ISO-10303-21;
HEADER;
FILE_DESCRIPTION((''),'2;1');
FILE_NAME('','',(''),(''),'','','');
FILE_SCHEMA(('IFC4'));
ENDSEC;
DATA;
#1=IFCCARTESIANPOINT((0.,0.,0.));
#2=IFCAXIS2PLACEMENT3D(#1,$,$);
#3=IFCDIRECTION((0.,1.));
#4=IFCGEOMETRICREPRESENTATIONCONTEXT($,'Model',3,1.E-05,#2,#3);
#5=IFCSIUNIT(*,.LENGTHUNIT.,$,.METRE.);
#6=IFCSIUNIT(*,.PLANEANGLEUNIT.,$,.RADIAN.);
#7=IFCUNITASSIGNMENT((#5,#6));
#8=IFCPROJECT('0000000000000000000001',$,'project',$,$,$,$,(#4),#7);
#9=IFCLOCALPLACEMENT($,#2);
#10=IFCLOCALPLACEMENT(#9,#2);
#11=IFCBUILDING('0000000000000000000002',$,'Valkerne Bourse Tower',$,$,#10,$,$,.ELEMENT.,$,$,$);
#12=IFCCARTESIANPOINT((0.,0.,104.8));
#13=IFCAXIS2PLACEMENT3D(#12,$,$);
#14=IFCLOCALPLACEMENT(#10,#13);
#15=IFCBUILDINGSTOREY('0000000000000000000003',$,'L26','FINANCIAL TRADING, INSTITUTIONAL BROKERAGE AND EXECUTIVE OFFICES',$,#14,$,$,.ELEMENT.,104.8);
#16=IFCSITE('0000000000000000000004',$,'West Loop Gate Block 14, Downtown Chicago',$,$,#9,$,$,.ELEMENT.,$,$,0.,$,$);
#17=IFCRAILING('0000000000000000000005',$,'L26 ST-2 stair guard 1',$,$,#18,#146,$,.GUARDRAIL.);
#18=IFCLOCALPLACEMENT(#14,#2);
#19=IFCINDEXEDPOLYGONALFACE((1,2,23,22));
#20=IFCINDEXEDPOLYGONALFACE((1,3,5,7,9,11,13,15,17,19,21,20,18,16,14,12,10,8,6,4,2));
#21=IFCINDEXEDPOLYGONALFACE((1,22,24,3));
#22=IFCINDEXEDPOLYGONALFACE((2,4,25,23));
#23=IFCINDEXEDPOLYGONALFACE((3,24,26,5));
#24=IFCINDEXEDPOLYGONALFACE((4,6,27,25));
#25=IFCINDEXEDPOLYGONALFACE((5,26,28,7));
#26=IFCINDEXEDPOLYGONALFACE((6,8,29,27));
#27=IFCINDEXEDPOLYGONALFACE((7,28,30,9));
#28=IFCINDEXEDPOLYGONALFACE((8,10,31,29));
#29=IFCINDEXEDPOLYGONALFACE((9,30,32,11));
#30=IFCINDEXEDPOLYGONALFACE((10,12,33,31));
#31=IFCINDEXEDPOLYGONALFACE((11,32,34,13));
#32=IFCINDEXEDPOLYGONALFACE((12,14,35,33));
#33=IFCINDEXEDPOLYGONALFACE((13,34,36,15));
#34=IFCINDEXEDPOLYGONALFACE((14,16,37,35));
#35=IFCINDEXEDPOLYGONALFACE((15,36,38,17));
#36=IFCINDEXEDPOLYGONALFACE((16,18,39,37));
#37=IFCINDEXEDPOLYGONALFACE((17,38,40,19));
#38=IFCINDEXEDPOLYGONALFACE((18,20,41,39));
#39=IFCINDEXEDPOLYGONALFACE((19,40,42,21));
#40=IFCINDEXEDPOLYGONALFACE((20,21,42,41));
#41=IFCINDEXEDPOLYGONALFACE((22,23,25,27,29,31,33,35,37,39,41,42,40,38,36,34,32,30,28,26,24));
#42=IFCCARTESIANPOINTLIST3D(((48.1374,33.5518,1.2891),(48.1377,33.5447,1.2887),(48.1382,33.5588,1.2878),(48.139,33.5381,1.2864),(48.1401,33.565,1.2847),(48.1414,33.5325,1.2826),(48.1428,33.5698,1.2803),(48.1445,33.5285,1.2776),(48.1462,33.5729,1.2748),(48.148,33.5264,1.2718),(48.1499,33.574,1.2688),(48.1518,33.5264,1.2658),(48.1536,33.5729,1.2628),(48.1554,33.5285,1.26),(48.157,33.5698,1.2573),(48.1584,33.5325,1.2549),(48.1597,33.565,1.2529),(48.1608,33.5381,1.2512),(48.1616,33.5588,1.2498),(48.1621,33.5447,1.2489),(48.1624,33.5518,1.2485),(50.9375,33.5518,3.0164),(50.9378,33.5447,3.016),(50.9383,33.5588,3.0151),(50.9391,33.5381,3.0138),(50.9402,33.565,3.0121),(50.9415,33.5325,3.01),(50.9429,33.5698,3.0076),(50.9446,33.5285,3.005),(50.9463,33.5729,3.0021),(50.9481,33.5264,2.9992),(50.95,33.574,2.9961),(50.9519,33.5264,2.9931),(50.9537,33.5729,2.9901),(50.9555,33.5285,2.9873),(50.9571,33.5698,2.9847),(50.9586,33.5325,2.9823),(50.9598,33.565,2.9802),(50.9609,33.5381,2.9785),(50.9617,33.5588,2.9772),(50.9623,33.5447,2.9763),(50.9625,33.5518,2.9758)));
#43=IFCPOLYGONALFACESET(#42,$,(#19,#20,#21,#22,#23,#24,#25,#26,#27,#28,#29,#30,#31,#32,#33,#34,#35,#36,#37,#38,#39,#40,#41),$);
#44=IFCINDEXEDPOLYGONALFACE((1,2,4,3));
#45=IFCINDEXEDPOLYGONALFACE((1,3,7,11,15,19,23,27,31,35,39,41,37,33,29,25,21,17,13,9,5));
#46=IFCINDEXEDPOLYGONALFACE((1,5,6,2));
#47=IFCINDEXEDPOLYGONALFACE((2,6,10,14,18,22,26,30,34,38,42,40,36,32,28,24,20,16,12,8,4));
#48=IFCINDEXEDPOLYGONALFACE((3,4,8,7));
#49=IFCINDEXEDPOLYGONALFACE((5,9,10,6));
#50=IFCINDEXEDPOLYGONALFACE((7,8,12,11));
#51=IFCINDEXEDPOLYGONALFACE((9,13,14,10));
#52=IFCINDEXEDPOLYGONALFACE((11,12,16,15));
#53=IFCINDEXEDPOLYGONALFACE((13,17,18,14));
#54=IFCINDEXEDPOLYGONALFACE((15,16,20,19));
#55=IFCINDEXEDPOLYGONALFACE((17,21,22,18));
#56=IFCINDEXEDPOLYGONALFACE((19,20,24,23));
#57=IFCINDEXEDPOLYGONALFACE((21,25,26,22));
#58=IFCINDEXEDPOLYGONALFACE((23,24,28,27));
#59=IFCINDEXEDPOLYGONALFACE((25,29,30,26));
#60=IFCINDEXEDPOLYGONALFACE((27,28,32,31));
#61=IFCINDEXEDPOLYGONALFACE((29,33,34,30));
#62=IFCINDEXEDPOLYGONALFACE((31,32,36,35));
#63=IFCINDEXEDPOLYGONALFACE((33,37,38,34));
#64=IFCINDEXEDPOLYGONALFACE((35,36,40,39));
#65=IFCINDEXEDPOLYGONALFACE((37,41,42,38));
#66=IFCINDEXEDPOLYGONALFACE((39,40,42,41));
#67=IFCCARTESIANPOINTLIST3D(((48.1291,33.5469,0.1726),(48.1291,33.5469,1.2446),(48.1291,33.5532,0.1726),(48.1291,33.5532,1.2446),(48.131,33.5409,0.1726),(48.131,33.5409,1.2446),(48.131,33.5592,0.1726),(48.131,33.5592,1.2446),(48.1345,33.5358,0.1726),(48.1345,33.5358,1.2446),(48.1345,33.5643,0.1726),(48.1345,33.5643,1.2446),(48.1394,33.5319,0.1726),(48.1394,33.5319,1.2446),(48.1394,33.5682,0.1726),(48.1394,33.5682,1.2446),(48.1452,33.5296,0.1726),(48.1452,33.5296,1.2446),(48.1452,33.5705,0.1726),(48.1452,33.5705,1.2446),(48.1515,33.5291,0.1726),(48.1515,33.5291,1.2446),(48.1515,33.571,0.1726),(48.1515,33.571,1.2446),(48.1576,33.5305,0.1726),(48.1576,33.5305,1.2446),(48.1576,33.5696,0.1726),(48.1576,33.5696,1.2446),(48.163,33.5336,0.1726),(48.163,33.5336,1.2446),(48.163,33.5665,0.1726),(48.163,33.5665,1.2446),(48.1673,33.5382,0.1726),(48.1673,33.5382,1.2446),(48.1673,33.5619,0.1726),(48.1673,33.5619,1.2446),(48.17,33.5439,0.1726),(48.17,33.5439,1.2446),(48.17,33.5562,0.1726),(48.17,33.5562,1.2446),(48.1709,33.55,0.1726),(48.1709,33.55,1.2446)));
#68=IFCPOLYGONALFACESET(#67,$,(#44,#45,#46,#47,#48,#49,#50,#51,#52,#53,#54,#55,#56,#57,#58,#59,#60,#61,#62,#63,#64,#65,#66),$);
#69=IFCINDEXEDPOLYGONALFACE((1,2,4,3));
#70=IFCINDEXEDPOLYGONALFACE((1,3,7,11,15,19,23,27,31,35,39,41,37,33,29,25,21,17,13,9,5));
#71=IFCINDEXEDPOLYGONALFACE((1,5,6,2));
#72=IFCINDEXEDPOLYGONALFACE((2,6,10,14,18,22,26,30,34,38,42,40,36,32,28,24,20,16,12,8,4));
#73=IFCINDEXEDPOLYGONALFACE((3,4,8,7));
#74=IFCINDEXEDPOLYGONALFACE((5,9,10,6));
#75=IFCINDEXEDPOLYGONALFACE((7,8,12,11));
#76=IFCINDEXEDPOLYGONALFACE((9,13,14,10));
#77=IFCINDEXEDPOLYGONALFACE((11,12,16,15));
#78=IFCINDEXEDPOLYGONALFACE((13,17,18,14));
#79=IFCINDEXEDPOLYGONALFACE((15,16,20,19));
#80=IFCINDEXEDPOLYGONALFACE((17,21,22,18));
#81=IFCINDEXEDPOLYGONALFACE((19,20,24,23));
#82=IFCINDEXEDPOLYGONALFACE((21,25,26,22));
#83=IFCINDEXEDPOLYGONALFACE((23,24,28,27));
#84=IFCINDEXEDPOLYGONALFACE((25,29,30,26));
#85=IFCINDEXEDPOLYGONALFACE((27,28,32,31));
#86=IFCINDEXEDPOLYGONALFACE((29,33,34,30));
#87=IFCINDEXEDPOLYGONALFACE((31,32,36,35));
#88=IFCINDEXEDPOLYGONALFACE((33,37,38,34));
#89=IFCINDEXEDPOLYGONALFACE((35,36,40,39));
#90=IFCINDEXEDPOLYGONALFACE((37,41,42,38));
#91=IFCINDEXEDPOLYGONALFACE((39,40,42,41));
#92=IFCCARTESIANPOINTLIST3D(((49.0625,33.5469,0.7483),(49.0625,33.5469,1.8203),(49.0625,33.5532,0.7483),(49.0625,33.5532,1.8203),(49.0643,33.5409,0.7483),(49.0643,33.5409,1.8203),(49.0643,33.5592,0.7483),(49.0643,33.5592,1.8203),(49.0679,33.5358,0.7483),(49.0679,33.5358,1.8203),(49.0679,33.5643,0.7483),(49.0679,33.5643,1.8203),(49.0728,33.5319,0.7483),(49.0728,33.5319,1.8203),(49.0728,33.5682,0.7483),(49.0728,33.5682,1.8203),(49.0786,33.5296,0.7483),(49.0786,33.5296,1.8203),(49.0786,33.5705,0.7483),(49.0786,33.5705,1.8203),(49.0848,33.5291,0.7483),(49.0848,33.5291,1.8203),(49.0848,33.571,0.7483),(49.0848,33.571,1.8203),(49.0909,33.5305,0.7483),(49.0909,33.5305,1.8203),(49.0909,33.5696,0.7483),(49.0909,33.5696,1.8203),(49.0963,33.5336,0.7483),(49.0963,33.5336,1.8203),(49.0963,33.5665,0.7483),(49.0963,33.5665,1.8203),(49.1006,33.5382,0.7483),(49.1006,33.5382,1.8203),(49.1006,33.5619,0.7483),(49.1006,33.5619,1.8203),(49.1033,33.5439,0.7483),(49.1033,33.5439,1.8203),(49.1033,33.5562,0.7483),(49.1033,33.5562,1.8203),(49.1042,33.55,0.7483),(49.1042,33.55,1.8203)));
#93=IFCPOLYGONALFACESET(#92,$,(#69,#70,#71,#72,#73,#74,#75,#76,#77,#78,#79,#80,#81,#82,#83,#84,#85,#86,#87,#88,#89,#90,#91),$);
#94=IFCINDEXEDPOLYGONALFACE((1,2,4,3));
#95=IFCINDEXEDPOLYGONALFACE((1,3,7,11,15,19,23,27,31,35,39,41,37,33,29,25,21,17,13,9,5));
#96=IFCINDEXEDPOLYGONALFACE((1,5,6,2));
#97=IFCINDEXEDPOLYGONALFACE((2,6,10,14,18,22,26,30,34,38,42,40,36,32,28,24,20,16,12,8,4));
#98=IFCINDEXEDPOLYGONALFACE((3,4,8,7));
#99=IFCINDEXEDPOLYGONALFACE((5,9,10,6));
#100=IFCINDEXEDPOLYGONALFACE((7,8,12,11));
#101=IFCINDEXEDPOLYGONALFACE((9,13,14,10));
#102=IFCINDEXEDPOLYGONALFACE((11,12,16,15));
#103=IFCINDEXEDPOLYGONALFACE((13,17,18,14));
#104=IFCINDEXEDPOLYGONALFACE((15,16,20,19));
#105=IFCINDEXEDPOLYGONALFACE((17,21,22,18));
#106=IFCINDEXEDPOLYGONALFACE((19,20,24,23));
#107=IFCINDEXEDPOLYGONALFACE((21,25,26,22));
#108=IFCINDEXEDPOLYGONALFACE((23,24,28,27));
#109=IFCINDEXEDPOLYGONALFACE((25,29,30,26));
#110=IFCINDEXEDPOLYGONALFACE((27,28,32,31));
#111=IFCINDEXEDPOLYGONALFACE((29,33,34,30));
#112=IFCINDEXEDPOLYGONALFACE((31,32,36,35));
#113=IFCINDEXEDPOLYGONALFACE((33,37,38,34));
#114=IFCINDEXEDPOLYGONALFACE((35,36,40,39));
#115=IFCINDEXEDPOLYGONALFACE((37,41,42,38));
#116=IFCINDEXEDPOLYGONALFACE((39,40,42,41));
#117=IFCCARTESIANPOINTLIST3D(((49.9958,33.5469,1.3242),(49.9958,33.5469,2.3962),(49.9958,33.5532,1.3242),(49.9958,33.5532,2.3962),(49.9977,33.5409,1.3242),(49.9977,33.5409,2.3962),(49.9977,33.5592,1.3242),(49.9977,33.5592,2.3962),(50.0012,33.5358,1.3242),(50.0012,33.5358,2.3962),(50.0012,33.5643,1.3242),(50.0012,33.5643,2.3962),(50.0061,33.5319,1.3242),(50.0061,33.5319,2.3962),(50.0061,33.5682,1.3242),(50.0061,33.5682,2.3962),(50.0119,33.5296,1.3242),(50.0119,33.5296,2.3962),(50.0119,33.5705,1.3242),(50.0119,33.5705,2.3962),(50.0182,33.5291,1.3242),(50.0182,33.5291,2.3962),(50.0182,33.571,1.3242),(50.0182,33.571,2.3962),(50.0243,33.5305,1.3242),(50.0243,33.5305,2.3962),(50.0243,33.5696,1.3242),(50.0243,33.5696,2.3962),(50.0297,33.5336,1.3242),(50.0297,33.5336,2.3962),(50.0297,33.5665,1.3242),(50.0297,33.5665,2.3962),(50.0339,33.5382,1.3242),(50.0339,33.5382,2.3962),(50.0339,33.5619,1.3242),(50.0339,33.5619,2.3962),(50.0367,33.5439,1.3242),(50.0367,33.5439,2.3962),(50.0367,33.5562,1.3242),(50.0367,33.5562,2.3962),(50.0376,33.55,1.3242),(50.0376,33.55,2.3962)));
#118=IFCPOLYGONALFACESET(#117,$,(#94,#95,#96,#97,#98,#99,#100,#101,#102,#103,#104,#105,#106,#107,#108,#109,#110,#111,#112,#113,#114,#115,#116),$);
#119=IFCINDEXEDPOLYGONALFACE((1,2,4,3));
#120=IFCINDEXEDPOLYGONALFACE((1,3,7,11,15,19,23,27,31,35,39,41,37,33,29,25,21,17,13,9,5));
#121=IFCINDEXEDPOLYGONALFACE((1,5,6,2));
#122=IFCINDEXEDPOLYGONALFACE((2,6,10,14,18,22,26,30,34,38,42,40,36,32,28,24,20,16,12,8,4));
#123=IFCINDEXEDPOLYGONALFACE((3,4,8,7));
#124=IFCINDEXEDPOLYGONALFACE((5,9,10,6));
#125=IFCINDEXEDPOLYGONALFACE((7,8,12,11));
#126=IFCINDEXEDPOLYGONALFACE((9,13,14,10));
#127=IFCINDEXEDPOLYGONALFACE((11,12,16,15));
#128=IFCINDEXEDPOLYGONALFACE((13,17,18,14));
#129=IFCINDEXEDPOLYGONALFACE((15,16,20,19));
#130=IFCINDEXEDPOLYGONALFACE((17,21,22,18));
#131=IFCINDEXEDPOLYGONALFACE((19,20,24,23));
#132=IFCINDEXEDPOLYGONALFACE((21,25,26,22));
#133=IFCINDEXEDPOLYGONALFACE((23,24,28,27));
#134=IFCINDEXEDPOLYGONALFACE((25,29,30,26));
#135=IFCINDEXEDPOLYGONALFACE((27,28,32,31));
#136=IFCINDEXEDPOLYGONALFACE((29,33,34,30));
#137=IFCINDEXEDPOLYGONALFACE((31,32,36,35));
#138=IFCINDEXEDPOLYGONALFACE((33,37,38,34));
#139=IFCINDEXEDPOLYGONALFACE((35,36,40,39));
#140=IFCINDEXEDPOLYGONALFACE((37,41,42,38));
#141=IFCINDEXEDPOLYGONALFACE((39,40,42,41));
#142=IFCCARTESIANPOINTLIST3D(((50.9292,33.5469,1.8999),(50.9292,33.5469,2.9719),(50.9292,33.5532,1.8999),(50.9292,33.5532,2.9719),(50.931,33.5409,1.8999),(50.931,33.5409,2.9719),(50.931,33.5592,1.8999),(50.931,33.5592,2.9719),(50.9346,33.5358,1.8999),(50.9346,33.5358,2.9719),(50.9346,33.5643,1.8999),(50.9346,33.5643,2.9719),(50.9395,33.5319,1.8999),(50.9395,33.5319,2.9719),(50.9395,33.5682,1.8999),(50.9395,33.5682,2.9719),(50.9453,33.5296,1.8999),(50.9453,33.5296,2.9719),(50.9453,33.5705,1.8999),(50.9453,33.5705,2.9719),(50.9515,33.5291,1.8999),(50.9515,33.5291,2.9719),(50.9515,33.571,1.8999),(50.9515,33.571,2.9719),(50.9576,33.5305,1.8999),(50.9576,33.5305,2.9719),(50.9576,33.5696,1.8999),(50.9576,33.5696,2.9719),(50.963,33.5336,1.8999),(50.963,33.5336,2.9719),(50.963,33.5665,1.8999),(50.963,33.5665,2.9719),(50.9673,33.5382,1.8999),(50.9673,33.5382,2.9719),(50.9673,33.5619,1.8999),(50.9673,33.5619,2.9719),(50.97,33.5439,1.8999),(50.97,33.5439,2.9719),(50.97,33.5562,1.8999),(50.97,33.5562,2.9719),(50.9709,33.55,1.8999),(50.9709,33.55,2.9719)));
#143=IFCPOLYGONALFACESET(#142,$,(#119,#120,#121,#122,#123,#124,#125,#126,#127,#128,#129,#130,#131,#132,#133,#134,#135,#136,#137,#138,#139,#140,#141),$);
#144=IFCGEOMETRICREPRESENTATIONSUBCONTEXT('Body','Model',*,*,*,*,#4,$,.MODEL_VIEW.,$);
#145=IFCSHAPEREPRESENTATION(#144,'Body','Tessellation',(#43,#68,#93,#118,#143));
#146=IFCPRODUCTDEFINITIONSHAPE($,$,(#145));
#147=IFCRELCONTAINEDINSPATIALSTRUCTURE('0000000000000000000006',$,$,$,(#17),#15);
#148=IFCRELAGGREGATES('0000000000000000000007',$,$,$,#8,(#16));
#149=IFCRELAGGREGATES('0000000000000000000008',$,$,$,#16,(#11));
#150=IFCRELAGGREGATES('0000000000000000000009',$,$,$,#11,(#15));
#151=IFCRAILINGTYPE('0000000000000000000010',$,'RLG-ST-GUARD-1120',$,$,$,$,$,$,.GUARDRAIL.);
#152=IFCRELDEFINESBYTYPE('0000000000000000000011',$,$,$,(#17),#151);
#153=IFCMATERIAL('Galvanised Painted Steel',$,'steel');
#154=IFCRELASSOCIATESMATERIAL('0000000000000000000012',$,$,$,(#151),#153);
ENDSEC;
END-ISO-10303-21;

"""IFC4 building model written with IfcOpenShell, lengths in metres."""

from ifc_helpers import new_model, si_unit, direction, frame, origin, origin_2d, place, context, subcontext, project, spatial, circle, extrude, material, type_object, element, save


model = new_model("IFC4")

# Units and contexts
model_context = context("Model", 3, precision=1e-05, world=origin(), true_north=direction((0.0, 1.0)))
body_context = subcontext(model_context, "Body", "Model", "MODEL_VIEW")
ifc_project = project(units=[si_unit("LENGTHUNIT", "METRE"), si_unit("PLANEANGLEUNIT", "RADIAN")], contexts=[model_context])

# Site, building, storey
site_placement = place(None, origin())
site = spatial("IfcSite", under=ifc_project, at=site_placement, Name="West Loop Gate Block 14, Downtown Chicago", CompositionType="ELEMENT", RefElevation=0.0)
building_placement = place(site_placement, origin())
building = spatial("IfcBuilding", under=site, at=building_placement, Name="Valkerne Bourse Tower", CompositionType="ELEMENT")
storey_placement = place(building_placement, frame((0.0, 0.0, 104.8)))
storey = spatial("IfcBuildingStorey", under=building, at=storey_placement, Name="L26", Description="FINANCIAL TRADING, INSTITUTIONAL BROKERAGE AND EXECUTIVE OFFICES", CompositionType="ELEMENT", Elevation=104.8)

# Shared definitions
ifc_material_1 = material(Name="Galvanised Painted Steel", Category="steel")

# Railing
railing_type_1 = type_object("IfcRailingType", Name="RLG-ST-GUARD-1120", PredefinedType="GUARDRAIL", material=ifc_material_1)
railing_1_placement = place(storey_placement, frame((48.1499, 33.55, 0.1726)))
element("IfcRailing", 1, at=railing_1_placement, inside=storey, type_object=railing_type_1, Name="L26 ST-2 stair guard 1", PredefinedType="GUARDRAIL", context=body_context, shape_type="SweptSolid", body=[
    extrude(circle(Radius=0.0239, at=origin_2d()), frame((0.0, 0.0, 1.0962), z_axis=(0.85109, 0.0, 0.52502), x_axis=(0.0, 1.0, 0.0)), (0.0, 0.0, 1.0), 3.29),
    extrude(circle(Radius=0.021, at=origin_2d()), origin(), (0.0, 0.0, 1.0), 1.072),
    extrude(circle(Radius=0.021, at=origin_2d()), frame((0.9333, 0.0, 0.5757)), (0.0, 0.0, 1.0), 1.072),
    extrude(circle(Radius=0.021, at=origin_2d()), frame((1.8667, 0.0, 1.1516)), (0.0, 0.0, 1.0), 1.072),
    extrude(circle(Radius=0.021, at=origin_2d()), frame((2.8, 0.0, 1.7273)), (0.0, 0.0, 1.0), 1.072),
])

save(model, "model.ifc")
